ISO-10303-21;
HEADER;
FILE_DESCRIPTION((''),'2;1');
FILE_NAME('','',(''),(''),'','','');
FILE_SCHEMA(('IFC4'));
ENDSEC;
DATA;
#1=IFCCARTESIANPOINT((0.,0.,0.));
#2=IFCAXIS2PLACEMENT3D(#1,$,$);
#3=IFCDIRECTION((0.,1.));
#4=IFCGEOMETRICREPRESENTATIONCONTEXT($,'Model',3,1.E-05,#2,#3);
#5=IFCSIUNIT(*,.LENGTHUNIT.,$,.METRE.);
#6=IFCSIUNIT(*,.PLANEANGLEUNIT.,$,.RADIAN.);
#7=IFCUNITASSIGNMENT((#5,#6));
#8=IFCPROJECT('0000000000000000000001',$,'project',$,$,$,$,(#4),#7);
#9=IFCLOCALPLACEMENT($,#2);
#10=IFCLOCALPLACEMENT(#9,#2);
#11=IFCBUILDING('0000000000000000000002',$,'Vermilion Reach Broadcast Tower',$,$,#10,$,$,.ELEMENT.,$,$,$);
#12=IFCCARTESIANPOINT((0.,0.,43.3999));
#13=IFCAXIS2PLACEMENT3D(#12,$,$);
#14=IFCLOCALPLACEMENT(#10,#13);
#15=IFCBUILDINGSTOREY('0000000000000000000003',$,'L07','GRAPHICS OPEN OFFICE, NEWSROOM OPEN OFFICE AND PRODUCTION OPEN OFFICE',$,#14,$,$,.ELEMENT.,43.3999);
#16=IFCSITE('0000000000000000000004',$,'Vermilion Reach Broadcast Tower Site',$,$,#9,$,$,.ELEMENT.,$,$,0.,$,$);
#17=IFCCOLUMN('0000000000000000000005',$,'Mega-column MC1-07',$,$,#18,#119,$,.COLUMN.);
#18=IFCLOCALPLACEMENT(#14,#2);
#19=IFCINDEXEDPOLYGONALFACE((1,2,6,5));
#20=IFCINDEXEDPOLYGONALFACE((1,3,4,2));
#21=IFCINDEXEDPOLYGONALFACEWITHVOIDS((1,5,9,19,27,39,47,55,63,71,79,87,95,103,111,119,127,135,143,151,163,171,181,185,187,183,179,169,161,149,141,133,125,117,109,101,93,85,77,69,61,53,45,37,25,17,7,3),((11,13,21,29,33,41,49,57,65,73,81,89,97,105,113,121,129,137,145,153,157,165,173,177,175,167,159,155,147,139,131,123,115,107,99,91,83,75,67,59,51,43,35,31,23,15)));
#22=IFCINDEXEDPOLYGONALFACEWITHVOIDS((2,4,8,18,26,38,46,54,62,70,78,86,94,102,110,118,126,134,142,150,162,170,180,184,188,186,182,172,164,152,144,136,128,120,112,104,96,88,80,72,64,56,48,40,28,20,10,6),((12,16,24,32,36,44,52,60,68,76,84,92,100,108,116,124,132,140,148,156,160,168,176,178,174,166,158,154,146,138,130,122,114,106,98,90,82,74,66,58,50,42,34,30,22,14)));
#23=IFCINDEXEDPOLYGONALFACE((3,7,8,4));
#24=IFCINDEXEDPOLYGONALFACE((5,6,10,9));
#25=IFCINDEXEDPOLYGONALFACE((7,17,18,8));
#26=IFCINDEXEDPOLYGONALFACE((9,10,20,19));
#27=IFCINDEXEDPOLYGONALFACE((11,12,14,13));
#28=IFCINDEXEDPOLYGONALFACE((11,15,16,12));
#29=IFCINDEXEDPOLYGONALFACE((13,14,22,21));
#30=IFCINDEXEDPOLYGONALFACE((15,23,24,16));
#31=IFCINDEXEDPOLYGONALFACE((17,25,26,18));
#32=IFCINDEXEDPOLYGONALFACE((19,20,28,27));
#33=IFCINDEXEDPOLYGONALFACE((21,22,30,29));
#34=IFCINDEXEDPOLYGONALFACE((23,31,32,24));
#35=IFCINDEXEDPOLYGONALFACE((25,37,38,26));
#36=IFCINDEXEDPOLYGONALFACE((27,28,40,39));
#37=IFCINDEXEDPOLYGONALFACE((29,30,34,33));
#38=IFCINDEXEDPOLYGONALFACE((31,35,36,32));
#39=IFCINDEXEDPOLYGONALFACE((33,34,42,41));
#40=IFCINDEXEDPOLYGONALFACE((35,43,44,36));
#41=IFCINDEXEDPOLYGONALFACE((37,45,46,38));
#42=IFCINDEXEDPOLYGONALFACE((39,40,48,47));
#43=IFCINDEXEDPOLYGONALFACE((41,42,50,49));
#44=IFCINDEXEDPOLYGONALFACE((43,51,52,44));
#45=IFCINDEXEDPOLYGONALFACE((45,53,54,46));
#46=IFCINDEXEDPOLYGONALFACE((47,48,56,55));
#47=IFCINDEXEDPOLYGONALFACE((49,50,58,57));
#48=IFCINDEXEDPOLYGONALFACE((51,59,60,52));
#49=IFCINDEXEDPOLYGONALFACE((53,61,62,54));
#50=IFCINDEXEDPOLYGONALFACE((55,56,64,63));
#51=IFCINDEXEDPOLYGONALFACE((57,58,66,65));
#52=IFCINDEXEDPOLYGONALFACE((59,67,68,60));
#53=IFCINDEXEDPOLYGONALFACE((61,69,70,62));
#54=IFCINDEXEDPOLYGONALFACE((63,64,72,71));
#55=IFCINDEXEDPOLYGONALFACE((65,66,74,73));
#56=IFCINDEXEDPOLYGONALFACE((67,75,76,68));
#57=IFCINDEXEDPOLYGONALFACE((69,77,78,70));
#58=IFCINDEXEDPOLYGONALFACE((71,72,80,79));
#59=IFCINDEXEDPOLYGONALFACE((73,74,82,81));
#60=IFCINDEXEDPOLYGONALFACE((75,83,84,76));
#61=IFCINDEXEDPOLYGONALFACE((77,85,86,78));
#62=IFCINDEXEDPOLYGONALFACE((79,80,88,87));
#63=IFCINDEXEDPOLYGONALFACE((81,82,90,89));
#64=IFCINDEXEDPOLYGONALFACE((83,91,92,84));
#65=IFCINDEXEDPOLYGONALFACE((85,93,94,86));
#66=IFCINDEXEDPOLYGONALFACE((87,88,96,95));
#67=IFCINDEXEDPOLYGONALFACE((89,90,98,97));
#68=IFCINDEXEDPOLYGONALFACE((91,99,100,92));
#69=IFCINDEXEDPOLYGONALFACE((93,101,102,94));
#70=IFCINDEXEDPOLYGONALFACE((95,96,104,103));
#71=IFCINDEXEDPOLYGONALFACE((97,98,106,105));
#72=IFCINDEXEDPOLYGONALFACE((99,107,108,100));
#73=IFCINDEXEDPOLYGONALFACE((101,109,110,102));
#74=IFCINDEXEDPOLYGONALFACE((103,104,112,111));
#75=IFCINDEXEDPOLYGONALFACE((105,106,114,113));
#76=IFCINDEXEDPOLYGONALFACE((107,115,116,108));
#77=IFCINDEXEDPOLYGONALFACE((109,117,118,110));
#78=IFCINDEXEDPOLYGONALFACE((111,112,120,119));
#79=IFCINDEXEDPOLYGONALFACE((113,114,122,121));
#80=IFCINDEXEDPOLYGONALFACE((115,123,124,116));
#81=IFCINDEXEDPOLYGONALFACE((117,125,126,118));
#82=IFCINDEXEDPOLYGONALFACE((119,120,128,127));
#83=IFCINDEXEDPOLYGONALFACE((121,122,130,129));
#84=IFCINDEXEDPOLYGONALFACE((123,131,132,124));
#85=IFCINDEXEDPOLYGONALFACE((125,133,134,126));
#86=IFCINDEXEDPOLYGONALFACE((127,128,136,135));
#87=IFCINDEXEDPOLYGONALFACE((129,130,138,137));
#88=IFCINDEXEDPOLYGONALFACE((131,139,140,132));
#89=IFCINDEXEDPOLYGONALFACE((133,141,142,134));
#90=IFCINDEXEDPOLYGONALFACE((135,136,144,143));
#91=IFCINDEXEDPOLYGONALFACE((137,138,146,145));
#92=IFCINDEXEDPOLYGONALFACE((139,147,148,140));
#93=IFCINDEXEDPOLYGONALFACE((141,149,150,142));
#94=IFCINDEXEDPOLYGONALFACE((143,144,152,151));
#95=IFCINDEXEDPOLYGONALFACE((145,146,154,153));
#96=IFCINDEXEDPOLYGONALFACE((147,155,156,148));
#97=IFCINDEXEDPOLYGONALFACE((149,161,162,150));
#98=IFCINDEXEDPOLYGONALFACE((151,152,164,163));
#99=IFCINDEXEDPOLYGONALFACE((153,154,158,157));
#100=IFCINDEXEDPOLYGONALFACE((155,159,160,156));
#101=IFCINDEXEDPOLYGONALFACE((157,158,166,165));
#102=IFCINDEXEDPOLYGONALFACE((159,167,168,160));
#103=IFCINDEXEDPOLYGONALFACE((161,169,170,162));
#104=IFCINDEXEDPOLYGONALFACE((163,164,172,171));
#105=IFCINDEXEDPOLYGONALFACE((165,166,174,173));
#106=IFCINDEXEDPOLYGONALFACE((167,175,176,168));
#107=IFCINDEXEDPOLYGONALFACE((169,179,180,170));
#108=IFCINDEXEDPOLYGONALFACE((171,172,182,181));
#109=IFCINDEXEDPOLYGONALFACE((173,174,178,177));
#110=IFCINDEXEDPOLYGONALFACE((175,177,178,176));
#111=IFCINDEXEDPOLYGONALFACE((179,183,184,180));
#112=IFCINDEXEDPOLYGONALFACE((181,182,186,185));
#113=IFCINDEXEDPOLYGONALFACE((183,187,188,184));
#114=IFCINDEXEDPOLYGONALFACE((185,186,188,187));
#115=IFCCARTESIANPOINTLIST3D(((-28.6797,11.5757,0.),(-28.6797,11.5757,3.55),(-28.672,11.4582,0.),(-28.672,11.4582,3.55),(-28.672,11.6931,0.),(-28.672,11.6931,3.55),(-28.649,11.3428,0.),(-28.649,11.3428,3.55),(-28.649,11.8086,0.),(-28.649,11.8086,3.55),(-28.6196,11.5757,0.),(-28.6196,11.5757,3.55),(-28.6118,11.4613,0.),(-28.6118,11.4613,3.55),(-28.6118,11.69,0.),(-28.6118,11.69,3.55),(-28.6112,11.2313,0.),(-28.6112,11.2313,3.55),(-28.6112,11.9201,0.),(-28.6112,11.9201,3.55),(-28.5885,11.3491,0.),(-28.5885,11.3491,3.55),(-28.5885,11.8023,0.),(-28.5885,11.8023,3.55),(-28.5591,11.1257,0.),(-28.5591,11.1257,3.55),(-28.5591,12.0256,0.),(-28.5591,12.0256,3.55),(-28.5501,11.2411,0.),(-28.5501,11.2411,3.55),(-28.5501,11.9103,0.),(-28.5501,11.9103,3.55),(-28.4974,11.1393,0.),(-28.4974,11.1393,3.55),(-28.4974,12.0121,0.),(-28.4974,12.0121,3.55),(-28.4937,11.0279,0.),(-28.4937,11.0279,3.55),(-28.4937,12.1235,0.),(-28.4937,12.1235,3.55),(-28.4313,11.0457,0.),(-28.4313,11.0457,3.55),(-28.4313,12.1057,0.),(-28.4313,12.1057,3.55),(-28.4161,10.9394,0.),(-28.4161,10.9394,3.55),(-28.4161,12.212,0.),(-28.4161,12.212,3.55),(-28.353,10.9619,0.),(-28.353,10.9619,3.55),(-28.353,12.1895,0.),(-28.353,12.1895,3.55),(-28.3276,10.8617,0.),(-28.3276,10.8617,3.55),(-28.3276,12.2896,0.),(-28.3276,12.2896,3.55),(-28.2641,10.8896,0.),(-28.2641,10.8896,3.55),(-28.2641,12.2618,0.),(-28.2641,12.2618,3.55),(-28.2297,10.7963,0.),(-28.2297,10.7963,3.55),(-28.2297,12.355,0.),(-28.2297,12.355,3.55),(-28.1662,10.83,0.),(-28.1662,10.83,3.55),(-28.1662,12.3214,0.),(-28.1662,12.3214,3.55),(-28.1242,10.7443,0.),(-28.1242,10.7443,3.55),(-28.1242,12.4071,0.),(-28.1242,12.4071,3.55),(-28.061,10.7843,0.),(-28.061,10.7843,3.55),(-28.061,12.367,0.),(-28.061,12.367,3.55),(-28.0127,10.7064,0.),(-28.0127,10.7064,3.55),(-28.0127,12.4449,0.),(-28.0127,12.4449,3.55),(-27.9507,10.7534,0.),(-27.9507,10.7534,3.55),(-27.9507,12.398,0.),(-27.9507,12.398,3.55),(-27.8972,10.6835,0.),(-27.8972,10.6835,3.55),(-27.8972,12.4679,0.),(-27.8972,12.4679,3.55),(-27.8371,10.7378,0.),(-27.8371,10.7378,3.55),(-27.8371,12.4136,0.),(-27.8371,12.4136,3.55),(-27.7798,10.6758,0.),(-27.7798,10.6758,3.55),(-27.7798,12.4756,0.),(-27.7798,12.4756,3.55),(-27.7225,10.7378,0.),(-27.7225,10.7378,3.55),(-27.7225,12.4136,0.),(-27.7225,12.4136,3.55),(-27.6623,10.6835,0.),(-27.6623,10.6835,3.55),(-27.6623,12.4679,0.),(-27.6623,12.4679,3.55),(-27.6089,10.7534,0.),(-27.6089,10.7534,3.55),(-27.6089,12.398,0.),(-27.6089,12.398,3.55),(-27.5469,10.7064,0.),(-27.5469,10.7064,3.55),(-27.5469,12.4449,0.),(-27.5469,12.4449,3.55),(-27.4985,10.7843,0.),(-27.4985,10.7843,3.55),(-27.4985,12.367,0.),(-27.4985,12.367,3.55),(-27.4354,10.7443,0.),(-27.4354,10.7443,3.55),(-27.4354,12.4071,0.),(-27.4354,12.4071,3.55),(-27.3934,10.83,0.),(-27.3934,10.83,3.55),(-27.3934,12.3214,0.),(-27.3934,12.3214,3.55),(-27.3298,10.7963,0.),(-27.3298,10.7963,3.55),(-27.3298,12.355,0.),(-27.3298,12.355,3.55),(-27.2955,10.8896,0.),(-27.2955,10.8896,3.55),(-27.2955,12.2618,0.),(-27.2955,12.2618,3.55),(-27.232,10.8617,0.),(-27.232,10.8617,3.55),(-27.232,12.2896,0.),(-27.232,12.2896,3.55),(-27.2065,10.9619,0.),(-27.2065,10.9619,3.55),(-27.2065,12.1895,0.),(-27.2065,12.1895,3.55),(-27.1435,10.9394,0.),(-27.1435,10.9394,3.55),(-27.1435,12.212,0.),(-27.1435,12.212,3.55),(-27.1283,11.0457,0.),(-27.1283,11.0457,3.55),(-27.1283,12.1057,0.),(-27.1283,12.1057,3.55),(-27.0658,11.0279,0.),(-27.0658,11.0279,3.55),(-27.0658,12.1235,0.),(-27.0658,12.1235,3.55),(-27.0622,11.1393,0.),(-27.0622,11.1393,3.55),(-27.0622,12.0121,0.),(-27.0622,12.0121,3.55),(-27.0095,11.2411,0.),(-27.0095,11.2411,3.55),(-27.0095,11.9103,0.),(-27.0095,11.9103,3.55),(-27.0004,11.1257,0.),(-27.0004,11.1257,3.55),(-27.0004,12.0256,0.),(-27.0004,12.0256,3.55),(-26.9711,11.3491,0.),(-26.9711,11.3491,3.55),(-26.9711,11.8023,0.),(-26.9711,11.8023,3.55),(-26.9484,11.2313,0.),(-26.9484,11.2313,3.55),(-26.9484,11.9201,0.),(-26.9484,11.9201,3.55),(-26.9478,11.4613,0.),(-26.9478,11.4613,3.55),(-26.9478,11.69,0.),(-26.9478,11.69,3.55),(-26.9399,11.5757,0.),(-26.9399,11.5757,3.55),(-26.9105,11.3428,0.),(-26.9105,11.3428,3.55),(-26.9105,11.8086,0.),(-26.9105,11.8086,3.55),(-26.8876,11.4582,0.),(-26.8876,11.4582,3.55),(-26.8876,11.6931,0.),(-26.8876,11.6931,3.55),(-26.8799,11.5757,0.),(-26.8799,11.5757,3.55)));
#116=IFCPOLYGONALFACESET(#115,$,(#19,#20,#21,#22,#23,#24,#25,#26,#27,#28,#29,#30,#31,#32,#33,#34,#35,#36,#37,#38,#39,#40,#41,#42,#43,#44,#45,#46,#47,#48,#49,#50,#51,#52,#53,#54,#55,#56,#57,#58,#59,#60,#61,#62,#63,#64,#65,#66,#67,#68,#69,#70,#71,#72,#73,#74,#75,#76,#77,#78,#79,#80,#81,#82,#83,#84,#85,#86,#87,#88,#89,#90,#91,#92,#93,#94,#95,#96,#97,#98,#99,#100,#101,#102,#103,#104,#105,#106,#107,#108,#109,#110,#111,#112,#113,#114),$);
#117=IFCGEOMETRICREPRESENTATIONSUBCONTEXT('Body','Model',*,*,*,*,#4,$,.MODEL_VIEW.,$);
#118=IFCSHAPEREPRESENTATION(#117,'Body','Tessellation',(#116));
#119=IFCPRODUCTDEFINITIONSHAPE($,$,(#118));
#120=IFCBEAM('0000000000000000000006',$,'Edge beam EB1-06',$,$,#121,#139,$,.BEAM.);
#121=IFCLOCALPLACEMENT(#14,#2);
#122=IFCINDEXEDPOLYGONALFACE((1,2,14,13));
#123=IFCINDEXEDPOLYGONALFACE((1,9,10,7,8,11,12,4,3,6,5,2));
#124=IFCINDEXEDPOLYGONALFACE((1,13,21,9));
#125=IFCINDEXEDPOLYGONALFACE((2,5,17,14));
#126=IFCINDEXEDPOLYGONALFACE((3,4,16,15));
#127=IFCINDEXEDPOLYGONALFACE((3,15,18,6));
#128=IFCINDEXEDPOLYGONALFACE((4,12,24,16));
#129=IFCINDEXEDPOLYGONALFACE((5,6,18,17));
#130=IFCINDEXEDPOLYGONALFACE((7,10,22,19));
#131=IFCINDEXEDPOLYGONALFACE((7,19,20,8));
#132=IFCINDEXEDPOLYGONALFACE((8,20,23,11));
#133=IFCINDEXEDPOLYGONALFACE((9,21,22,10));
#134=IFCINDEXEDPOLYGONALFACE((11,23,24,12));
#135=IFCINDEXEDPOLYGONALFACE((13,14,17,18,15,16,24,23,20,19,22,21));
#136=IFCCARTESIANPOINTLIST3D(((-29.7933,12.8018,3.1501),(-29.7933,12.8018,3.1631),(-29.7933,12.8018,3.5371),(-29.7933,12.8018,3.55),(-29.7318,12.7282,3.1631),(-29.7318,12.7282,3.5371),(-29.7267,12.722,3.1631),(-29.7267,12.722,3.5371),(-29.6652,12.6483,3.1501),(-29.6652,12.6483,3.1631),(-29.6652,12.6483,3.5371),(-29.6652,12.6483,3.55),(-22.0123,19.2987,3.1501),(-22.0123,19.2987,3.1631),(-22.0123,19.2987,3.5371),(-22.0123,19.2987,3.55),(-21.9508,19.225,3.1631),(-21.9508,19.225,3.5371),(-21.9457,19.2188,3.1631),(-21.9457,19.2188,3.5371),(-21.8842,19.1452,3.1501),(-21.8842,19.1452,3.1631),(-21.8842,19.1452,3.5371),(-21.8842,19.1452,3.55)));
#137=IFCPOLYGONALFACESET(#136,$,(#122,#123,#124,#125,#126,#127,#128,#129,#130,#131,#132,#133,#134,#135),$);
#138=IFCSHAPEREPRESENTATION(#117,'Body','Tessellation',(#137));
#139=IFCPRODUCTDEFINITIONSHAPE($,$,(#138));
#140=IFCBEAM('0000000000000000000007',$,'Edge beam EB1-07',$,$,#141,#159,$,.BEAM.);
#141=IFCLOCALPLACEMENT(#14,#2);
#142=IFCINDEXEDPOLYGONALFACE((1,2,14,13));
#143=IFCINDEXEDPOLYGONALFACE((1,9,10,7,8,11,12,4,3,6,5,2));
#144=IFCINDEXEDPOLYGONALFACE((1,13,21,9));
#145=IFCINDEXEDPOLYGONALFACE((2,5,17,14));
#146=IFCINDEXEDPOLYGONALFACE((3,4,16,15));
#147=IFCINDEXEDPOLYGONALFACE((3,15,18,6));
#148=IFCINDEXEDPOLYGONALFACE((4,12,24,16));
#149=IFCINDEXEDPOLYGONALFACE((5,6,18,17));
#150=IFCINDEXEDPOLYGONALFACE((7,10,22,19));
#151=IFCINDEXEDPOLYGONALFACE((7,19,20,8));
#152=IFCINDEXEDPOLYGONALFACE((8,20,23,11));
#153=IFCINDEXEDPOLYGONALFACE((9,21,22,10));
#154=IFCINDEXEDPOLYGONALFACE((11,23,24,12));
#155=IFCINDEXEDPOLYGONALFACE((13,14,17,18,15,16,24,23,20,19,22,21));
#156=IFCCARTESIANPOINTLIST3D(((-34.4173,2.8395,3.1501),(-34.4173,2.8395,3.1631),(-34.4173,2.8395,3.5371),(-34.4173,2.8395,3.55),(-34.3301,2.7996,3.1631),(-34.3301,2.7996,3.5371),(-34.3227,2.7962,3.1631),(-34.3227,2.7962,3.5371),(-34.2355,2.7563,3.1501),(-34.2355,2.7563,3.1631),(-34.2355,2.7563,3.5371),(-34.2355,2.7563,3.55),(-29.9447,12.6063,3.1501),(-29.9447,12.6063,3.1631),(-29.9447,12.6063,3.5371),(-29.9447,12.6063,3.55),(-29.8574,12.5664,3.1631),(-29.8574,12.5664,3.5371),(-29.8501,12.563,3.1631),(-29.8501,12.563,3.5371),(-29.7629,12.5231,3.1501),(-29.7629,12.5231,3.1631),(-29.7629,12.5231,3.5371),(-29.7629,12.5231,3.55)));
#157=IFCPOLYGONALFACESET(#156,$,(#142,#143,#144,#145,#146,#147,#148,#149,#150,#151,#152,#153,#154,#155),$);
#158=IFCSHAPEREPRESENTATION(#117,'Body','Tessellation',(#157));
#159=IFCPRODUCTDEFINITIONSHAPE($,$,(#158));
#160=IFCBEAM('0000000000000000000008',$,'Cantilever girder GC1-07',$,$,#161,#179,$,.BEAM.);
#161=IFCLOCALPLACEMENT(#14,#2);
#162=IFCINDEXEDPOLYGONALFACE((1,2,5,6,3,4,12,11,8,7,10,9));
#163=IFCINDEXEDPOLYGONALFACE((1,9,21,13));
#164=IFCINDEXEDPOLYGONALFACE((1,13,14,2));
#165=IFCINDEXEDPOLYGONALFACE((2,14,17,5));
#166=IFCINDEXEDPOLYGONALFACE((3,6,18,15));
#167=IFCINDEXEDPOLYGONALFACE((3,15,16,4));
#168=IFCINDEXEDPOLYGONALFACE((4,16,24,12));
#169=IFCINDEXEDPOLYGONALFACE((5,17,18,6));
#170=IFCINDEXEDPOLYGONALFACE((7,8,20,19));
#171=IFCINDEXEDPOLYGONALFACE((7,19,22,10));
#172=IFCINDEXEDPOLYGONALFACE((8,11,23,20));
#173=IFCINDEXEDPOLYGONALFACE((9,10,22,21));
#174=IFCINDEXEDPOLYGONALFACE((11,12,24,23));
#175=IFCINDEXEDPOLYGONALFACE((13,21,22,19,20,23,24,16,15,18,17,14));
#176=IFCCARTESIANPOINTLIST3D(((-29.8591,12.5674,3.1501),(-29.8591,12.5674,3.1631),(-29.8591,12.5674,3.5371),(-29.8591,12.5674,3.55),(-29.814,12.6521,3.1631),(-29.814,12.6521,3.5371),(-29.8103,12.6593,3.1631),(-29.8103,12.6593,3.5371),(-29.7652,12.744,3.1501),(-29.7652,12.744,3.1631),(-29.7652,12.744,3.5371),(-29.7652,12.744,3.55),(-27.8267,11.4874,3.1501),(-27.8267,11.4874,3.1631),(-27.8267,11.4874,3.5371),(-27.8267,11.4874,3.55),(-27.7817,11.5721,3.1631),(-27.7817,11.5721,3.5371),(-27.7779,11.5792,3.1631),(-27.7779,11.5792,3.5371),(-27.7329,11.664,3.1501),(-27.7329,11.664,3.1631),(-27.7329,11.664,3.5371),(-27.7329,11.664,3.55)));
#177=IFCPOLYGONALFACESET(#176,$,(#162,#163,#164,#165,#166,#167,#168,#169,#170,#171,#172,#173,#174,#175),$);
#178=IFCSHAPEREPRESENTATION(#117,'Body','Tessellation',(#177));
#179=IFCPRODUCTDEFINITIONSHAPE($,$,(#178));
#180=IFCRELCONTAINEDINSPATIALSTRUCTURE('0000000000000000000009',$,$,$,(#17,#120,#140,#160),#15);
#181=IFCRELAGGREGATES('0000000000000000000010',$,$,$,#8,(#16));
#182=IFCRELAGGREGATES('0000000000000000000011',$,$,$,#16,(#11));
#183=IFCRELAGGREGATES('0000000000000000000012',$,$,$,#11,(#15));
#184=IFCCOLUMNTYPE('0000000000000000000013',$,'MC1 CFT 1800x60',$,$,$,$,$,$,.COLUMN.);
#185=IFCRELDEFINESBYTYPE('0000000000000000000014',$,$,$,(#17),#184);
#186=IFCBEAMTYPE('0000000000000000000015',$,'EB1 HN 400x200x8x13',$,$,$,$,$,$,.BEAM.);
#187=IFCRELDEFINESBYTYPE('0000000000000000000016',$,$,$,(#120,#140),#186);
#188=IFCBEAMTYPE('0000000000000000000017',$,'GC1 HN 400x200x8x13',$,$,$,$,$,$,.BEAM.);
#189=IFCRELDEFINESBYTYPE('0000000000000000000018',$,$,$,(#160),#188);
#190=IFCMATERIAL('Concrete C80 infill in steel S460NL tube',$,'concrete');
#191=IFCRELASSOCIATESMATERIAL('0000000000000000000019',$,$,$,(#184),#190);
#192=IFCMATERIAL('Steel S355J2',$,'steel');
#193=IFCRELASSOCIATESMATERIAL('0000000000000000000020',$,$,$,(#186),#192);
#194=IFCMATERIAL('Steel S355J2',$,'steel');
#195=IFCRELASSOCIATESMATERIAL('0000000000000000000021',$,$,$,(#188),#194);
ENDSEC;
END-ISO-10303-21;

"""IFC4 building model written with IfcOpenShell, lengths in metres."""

from ifc_helpers import new_model, si_unit, direction, frame, origin, origin_2d, place, context, subcontext, project, spatial, hollow_circle, i_section, extrude, material, material_profile, profile_set, type_object, element, save


model = new_model("IFC4")

# Units and contexts
model_context = context("Model", 3, precision=1e-05, world=origin(), true_north=direction((0.0, 1.0)))
body_context = subcontext(model_context, "Body", "Model", "MODEL_VIEW")
ifc_project = project(units=[si_unit("LENGTHUNIT", "METRE"), si_unit("PLANEANGLEUNIT", "RADIAN")], contexts=[model_context])

# Site, building, storey
site_placement = place(None, origin())
site = spatial("IfcSite", under=ifc_project, at=site_placement, Name="Vermilion Reach Broadcast Tower Site", CompositionType="ELEMENT", RefElevation=0.0)
building_placement = place(site_placement, origin())
building = spatial("IfcBuilding", under=site, at=building_placement, Name="Vermilion Reach Broadcast Tower", CompositionType="ELEMENT")
storey_placement = place(building_placement, frame((0.0, 0.0, 43.3999)))
storey = spatial("IfcBuildingStorey", under=building, at=storey_placement, Name="L07", Description="GRAPHICS OPEN OFFICE, NEWSROOM OPEN OFFICE AND PRODUCTION OPEN OFFICE", CompositionType="ELEMENT", Elevation=43.3999)

# Column
ifc_material_1 = material(Name="Concrete C80 infill in steel S460NL tube", Category="concrete")
ifc_material_profile_1 = material_profile(ifc_material_1, hollow_circle(Radius=0.8999, WallThickness=0.0601, at=origin_2d()), Name="Concrete C80 infill in steel S460NL tube CFT 1800x60")
ifc_profile_set_1 = profile_set([ifc_material_profile_1], Name="Concrete C80 infill in steel S460NL tube")
column_type = type_object("IfcColumnType", Name="MC1 CFT 1800x60", PredefinedType="COLUMN", material=ifc_profile_set_1)
for number, where, z_axis, x_axis, name in (
    (1, (-27.7798, 11.5757, 0.0), (0.0, 0.0, 1.0), (1.0, 0.0, 0.0), "Mega-column MC1-07"),
):
    element("IfcColumn", number, at=place(storey_placement, frame(where, z_axis=z_axis, x_axis=x_axis)), inside=storey, type_object=column_type, Name=name, PredefinedType="COLUMN", context=body_context, shape_type="SweptSolid", body=[
        extrude(hollow_circle(Radius=0.8999, WallThickness=0.0601, at=origin_2d()), origin(), (0.0, 0.0, 1.0), 3.55),
    ])

# Beams
ifc_material_2 = material(Name="Steel S355J2", Category="steel")
ifc_material_profile_2 = material_profile(ifc_material_2, i_section(OverallWidth=0.2, OverallDepth=0.3999, WebThickness=0.0081, FlangeThickness=0.0129, at=origin_2d()), Name="S355J2 HN 400x200x8x13")
ifc_profile_set_2 = profile_set([ifc_material_profile_2], Name="Steel S355J2")
beam_type_1 = type_object("IfcBeamType", Name="EB1 HN 400x200x8x13", PredefinedType="BEAM", material=ifc_profile_set_2)
beam_1_placement = place(storey_placement, frame((-21.9482, 19.2219, 3.3501), z_axis=(-0.767607, -0.640921, 0.0), x_axis=(0.640921, -0.767607, 0.0)))
element("IfcBeam", 2, at=beam_1_placement, inside=storey, type_object=beam_type_1, Name="Edge beam EB1-06", PredefinedType="BEAM", context=body_context, shape_type="SweptSolid", body=[
    extrude(i_section(OverallWidth=0.2, OverallDepth=0.3999, WebThickness=0.0081, FlangeThickness=0.0129, at=origin_2d()), origin(), (0.0, 0.0, 1.0), 10.1367),
])
beam_2_placement = place(storey_placement, frame((-29.8538, 12.5647, 3.3501), z_axis=(-0.416361, -0.909199, 0.0), x_axis=(0.909199, -0.416361, 0.0)))
element("IfcBeam", 3, at=beam_2_placement, inside=storey, type_object=beam_type_1, Name="Edge beam EB1-07", PredefinedType="BEAM", context=body_context, shape_type="SweptSolid", body=[
    extrude(i_section(OverallWidth=0.2, OverallDepth=0.3999, WebThickness=0.0081, FlangeThickness=0.0129, at=origin_2d()), origin(), (0.0, 0.0, 1.0), 10.7422),
])
ifc_material_3 = material(Name="Steel S355J2", Category="steel")
ifc_material_profile_3 = material_profile(ifc_material_3, i_section(OverallWidth=0.2, OverallDepth=0.3999, WebThickness=0.0081, FlangeThickness=0.0129, at=origin_2d()), Name="S355J2 HN 400x200x8x13")
ifc_profile_set_3 = profile_set([ifc_material_profile_3], Name="Steel S355J2")
beam_type_2 = type_object("IfcBeamType", Name="GC1 HN 400x200x8x13", PredefinedType="BEAM", material=ifc_profile_set_3)
beam_3_placement = place(storey_placement, frame((-27.7798, 11.5757, 3.3501), z_axis=(-0.883057, 0.469266, 0.0), x_axis=(-0.469266, -0.883057, 0.0)))
element("IfcBeam", 4, at=beam_3_placement, inside=storey, type_object=beam_type_2, Name="Cantilever girder GC1-07", PredefinedType="BEAM", context=body_context, shape_type="SweptSolid", body=[
    extrude(i_section(OverallWidth=0.2, OverallDepth=0.3999, WebThickness=0.0081, FlangeThickness=0.0129, at=origin_2d()), origin(), (0.0, 0.0, 1.0), 2.3015),
])

save(model, "model.ifc")
